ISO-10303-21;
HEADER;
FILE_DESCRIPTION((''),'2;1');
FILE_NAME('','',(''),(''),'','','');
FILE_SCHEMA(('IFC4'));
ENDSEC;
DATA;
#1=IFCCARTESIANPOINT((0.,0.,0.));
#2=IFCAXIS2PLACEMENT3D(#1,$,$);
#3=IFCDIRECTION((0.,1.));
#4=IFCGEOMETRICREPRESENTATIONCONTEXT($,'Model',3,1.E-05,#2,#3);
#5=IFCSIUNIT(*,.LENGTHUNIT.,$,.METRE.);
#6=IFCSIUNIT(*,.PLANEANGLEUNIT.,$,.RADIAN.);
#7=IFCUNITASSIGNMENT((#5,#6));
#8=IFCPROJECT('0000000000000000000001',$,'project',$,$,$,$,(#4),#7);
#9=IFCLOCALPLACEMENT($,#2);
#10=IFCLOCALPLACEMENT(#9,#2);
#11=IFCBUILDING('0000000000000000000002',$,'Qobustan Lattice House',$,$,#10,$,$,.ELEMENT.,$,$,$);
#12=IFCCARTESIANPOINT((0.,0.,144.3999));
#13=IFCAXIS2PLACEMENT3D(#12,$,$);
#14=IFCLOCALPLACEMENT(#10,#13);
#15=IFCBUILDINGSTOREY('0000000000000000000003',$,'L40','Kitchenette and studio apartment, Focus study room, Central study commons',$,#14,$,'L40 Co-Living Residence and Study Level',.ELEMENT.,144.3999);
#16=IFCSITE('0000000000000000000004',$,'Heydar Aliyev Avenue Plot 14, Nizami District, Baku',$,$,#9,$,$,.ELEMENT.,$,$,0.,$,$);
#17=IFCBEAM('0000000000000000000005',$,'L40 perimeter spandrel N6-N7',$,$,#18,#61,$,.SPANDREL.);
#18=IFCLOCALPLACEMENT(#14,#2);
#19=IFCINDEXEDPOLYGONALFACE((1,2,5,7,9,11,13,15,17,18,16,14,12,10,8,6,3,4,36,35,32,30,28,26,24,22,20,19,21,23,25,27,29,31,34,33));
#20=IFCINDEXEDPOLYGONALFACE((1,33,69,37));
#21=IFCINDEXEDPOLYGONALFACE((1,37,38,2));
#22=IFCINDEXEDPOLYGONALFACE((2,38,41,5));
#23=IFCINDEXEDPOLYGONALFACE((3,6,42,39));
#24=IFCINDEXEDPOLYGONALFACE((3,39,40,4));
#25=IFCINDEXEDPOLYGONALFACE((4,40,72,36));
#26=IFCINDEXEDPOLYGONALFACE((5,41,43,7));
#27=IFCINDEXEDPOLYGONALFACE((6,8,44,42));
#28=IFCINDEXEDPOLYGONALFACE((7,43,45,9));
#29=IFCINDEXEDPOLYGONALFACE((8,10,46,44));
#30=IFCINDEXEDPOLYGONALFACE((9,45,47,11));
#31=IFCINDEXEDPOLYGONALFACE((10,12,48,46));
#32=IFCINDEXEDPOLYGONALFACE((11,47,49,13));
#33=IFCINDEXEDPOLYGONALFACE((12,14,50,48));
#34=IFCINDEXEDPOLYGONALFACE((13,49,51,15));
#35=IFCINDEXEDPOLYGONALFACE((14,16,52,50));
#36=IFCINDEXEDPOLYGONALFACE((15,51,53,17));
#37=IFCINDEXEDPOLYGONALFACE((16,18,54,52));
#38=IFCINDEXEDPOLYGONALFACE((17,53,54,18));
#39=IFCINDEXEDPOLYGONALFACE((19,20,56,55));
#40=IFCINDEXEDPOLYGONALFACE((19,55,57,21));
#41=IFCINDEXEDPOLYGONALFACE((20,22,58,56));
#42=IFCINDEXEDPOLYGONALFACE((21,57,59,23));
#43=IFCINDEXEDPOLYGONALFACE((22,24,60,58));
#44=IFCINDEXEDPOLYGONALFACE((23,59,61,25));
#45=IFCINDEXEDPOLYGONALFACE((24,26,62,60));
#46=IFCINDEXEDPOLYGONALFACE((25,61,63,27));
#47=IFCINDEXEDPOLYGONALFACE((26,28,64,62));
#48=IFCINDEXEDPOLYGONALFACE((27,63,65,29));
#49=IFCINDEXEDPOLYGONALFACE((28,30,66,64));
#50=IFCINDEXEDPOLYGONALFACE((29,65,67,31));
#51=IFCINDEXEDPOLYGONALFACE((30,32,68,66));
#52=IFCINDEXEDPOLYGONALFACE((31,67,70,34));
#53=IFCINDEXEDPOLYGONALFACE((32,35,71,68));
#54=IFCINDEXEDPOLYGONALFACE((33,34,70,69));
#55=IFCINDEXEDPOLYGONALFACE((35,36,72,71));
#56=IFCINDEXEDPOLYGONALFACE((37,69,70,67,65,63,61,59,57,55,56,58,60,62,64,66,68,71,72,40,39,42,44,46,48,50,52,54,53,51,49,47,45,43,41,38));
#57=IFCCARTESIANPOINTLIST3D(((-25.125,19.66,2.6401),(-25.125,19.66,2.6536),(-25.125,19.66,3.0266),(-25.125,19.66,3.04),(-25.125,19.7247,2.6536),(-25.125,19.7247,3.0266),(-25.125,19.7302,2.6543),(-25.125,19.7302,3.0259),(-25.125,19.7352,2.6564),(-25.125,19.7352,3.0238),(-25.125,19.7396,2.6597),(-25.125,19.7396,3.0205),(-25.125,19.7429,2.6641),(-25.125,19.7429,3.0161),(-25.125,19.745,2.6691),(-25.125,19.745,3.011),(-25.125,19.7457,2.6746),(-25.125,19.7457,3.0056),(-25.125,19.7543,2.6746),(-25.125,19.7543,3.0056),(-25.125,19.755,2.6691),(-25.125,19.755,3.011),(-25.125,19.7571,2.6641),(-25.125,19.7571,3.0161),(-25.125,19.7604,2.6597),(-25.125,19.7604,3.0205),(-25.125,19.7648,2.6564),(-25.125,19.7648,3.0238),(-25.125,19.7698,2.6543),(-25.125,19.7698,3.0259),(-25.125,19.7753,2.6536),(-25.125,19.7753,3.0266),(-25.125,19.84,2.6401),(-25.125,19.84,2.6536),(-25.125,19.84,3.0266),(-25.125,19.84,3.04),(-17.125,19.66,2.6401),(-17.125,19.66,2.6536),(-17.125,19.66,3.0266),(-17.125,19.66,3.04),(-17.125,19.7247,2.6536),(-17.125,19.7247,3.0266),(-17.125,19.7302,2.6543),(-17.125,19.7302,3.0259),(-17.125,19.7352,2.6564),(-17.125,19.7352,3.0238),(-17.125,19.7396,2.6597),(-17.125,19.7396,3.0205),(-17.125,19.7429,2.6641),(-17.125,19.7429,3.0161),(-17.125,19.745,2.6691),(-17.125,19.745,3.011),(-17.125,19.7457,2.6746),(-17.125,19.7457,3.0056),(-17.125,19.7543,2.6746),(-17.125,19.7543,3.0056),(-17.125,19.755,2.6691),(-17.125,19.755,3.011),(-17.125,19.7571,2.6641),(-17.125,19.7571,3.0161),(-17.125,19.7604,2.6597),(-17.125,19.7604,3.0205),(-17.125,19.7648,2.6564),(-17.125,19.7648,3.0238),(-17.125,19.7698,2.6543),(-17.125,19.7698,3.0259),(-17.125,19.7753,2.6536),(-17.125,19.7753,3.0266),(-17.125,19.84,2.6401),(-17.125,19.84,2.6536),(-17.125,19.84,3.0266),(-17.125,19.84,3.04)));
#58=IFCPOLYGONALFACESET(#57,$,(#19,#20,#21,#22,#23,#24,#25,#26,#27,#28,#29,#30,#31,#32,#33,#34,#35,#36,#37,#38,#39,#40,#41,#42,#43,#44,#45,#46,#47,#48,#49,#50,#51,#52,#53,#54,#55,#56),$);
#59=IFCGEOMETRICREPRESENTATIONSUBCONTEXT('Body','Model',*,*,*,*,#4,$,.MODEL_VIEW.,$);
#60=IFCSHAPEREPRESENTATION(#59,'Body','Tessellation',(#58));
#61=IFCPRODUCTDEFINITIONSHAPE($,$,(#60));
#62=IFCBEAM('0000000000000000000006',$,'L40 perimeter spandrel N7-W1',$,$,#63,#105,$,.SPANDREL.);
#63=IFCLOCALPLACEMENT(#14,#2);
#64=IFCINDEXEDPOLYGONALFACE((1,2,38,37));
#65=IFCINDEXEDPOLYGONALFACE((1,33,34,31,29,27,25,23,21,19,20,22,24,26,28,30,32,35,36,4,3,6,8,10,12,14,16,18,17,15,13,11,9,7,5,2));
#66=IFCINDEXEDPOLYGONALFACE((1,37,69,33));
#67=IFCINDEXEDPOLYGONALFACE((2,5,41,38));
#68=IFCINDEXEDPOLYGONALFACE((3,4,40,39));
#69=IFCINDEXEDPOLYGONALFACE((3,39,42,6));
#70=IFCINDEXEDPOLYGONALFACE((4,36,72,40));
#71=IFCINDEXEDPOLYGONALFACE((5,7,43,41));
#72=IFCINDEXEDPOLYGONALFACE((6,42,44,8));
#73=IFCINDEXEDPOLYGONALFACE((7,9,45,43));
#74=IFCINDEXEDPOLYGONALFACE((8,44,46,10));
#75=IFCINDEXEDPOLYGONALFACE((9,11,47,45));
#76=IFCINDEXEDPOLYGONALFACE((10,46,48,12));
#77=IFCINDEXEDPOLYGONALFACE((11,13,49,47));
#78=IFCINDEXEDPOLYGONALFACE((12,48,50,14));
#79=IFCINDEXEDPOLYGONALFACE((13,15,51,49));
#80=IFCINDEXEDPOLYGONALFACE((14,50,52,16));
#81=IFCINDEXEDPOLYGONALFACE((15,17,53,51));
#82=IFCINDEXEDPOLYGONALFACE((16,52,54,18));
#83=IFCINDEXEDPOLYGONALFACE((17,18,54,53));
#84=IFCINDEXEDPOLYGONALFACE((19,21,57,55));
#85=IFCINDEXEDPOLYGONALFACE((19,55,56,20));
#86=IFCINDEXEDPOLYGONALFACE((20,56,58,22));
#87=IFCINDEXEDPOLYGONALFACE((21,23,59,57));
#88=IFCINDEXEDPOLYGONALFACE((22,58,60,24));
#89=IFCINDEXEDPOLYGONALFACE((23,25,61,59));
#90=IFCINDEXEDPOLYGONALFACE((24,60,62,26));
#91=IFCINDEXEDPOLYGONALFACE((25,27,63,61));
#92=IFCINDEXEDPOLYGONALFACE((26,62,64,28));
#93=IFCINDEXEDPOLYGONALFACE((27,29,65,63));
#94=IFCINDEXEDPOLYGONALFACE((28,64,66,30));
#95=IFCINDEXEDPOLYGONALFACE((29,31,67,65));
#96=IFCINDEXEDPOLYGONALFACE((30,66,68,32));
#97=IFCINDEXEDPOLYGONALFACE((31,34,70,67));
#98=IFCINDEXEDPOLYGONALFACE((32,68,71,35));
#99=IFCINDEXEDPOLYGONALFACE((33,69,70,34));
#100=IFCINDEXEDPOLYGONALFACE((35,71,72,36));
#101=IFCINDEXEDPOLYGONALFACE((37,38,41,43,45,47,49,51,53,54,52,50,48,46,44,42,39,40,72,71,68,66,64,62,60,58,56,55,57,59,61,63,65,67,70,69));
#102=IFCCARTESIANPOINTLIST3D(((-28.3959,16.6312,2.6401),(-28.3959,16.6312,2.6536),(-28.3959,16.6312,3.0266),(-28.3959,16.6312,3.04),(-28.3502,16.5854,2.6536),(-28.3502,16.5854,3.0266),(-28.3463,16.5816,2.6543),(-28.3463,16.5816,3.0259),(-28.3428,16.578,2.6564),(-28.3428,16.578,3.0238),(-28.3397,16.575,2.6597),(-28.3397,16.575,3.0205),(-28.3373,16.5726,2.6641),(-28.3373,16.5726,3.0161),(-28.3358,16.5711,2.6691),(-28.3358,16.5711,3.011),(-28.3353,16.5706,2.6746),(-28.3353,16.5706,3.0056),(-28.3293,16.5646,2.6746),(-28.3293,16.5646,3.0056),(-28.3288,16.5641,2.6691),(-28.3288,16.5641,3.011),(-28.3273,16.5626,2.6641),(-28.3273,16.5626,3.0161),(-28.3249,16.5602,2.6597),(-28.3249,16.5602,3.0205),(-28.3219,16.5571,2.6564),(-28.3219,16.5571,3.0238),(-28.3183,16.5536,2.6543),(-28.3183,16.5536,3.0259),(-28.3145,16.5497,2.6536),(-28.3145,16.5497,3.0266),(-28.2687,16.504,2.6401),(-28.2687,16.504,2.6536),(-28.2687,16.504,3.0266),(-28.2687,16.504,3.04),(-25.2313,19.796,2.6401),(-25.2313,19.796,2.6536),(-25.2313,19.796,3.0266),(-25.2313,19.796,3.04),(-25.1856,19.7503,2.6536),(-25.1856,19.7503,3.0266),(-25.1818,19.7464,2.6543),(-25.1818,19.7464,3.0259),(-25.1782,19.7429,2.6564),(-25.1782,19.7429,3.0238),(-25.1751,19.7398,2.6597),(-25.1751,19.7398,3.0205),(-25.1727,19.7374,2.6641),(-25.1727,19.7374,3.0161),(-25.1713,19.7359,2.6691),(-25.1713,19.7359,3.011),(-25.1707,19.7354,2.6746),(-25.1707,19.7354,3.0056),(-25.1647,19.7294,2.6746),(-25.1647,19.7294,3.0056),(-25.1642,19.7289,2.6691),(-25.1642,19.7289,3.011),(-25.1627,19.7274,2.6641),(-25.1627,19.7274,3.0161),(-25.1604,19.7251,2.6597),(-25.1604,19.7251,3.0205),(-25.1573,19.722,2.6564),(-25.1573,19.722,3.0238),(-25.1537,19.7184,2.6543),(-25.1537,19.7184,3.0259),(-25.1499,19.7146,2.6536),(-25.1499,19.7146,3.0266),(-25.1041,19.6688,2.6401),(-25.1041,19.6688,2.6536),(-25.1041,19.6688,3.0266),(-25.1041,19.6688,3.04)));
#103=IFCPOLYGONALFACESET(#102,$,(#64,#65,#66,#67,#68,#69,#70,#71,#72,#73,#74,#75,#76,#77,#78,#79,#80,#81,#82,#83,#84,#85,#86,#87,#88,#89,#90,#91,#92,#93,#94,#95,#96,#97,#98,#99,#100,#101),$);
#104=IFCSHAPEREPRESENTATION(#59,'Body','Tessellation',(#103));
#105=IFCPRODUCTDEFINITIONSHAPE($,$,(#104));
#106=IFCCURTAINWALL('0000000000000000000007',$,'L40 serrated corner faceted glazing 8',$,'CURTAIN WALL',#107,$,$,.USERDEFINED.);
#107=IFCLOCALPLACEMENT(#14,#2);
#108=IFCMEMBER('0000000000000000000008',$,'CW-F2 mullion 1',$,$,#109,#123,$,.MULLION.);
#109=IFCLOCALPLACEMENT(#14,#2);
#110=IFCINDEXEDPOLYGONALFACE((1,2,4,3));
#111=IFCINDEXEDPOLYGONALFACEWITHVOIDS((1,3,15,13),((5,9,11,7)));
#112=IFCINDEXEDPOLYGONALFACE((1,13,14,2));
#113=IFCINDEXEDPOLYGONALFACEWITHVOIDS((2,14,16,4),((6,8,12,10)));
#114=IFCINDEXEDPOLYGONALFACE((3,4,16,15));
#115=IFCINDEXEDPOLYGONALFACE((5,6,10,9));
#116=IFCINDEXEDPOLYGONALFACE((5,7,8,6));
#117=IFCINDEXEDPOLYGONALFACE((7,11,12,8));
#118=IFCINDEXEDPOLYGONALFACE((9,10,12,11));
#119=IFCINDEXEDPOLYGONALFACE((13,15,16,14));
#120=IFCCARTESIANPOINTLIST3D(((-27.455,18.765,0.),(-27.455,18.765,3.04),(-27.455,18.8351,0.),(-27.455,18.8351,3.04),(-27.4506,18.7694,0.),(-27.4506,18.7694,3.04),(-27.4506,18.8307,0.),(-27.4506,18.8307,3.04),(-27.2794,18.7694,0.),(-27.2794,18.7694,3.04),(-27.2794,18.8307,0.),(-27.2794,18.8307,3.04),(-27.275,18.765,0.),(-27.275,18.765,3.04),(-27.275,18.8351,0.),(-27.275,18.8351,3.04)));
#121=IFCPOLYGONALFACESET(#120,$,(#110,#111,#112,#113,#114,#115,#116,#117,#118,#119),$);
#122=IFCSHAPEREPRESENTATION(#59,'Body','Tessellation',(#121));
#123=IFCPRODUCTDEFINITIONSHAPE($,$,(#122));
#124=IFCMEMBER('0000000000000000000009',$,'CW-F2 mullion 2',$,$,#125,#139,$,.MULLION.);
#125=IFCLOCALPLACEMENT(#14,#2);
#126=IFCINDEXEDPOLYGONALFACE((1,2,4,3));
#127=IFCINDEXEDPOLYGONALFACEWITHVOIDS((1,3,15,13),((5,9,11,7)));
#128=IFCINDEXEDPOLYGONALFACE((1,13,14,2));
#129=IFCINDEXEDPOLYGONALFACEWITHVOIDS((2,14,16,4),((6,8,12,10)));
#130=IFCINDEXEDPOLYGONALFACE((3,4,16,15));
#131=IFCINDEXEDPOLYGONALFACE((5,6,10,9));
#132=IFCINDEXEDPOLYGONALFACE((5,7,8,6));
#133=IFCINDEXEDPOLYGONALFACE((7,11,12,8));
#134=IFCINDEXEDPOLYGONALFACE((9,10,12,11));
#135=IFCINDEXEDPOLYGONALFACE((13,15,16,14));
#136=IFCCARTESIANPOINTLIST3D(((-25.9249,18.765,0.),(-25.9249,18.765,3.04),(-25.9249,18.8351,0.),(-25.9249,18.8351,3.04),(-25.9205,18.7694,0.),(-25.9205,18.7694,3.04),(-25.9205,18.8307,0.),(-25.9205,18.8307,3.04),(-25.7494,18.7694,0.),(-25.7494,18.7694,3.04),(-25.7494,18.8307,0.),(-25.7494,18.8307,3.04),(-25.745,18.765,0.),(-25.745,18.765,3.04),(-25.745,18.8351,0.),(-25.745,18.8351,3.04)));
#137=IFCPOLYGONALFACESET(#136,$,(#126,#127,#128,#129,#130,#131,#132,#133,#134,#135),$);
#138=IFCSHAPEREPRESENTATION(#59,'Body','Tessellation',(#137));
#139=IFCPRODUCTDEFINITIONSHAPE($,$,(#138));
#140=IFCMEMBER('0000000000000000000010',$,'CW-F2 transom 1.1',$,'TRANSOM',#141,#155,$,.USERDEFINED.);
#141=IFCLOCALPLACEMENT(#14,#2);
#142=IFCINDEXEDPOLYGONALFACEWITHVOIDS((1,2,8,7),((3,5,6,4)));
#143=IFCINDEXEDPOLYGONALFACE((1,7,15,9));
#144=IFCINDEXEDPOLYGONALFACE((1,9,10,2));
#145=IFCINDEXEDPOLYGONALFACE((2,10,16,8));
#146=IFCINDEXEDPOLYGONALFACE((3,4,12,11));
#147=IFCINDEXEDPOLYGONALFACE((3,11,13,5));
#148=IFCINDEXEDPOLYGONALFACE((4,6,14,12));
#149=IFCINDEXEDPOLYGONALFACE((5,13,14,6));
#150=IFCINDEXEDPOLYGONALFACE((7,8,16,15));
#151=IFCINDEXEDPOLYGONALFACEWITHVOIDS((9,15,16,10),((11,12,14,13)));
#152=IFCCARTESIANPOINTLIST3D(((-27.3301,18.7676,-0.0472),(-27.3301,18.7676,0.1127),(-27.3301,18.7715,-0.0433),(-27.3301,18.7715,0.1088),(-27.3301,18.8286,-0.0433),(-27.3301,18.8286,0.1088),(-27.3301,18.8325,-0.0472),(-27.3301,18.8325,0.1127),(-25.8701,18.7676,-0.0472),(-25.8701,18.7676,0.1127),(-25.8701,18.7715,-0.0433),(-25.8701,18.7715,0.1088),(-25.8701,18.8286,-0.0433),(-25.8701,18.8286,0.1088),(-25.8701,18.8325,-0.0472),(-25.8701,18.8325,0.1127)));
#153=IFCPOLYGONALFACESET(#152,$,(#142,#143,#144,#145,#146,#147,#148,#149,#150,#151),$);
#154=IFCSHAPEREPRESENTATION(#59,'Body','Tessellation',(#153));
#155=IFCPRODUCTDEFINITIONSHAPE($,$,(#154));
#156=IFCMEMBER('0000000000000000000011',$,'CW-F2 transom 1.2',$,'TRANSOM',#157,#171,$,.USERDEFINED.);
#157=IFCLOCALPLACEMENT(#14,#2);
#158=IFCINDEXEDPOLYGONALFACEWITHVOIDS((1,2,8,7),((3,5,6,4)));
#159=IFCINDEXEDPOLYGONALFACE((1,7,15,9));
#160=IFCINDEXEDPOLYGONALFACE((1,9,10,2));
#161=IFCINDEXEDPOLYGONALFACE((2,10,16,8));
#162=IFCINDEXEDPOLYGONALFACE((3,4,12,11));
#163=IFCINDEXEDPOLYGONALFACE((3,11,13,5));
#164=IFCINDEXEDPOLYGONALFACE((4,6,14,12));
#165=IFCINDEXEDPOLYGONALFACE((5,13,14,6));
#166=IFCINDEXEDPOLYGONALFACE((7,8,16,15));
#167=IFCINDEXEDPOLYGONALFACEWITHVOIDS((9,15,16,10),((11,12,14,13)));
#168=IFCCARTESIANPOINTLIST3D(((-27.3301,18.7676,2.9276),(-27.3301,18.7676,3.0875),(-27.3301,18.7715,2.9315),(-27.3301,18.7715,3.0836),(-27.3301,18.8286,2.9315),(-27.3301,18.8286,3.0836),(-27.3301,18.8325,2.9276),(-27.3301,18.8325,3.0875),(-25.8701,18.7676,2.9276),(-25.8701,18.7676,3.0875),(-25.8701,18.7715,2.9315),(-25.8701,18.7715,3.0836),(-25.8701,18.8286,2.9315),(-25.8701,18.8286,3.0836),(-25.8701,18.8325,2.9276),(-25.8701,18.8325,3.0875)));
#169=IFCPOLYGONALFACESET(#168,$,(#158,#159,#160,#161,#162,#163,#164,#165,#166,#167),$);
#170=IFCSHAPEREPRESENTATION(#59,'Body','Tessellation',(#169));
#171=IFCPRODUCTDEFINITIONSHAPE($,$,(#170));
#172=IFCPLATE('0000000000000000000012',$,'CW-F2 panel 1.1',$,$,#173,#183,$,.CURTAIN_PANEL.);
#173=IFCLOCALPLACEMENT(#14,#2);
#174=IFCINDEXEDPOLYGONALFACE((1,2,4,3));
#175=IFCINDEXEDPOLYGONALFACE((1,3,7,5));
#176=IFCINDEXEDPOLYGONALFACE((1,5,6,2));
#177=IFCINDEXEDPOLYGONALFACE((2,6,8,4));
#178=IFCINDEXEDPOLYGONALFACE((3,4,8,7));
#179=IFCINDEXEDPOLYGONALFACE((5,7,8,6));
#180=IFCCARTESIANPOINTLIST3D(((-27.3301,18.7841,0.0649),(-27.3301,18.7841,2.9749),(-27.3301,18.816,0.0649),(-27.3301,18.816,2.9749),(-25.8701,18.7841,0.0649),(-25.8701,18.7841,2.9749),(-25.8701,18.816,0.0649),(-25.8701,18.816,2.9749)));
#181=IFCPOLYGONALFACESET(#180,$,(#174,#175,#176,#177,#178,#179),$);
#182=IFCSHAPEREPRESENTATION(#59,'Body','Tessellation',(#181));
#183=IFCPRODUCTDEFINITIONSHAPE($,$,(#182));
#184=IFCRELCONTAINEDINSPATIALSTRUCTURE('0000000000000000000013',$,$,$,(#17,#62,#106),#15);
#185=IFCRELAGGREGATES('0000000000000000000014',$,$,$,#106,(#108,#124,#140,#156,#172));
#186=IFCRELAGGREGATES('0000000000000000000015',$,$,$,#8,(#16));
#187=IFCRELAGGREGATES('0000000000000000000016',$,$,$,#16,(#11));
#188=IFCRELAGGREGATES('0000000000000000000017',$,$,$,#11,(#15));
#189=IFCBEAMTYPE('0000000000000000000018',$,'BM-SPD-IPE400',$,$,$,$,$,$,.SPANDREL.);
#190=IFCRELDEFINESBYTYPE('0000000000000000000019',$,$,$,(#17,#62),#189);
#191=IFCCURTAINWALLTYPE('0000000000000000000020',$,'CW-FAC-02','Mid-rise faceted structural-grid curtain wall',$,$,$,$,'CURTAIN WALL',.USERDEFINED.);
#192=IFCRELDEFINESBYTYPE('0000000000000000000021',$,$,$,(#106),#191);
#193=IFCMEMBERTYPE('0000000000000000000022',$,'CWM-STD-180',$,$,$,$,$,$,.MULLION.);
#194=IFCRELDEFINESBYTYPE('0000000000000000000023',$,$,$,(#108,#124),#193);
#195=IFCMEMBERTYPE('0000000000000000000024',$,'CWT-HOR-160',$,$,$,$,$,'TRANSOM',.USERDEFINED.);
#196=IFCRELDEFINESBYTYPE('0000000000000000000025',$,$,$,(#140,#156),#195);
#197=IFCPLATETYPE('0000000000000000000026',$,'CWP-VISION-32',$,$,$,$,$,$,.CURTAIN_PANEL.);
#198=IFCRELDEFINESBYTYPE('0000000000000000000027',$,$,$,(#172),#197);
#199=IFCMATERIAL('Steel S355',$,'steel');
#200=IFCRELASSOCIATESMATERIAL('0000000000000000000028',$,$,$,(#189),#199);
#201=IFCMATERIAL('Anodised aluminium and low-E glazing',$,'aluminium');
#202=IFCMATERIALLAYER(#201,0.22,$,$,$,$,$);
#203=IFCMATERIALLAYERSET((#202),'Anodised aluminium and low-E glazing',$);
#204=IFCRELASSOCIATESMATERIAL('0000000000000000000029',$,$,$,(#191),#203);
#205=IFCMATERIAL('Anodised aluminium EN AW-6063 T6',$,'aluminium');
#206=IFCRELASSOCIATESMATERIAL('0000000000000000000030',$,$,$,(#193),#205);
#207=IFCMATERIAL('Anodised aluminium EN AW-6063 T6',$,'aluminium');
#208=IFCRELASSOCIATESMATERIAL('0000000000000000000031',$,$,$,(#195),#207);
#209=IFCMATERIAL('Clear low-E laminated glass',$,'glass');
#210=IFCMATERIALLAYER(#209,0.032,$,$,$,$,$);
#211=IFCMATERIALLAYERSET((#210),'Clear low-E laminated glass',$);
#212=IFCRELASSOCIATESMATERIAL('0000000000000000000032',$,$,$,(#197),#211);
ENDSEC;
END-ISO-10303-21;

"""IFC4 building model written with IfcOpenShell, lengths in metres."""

from ifc_helpers import new_model, si_unit, direction, frame, origin, origin_2d, place, context, subcontext, project, spatial, rectangle, hollow_rectangle, i_section, extrude, material, layer, layer_set, material_profile, profile_set, type_object, element, aggregate, save


model = new_model("IFC4")

# Units and contexts
model_context = context("Model", 3, precision=1e-05, world=origin(), true_north=direction((0.0, 1.0)))
body_context = subcontext(model_context, "Body", "Model", "MODEL_VIEW")
ifc_project = project(units=[si_unit("LENGTHUNIT", "METRE"), si_unit("PLANEANGLEUNIT", "RADIAN")], contexts=[model_context])

# Site, building, storey
site_placement = place(None, origin())
site = spatial("IfcSite", under=ifc_project, at=site_placement, Name="Heydar Aliyev Avenue Plot 14, Nizami District, Baku", CompositionType="ELEMENT", RefElevation=0.0)
building_placement = place(site_placement, origin())
building = spatial("IfcBuilding", under=site, at=building_placement, Name="Qobustan Lattice House", CompositionType="ELEMENT")
storey_placement = place(building_placement, frame((0.0, 0.0, 144.3999)))
storey = spatial("IfcBuildingStorey", under=building, at=storey_placement, Name="L40", Description="Kitchenette and studio apartment, Focus study room, Central study commons", LongName="L40 Co-Living Residence and Study Level", CompositionType="ELEMENT", Elevation=144.3999)

# Beams
ifc_material_1 = material(Name="Steel S355", Category="steel")
ifc_material_profile_1 = material_profile(ifc_material_1, i_section(OverallWidth=0.1799, OverallDepth=0.3999, WebThickness=0.0085, FlangeThickness=0.0134, FilletRadius=0.021, at=origin_2d()), Name="IPE400")
ifc_profile_set_1 = profile_set([ifc_material_profile_1], Name="Steel S355")
beam_type_1 = type_object("IfcBeamType", Name="BM-SPD-IPE400", PredefinedType="SPANDREL", material=ifc_profile_set_1)
beam_1_placement = place(storey_placement, frame((-17.125, 19.75, 2.8401), z_axis=(-1.0, 0.0, 0.0), x_axis=(0.0, -1.0, 0.0)))
element("IfcBeam", 1, at=beam_1_placement, inside=storey, type_object=beam_type_1, Name="L40 perimeter spandrel N6-N7", PredefinedType="SPANDREL", context=body_context, shape_type="SweptSolid", body=[
    extrude(i_section(OverallWidth=0.1799, OverallDepth=0.3999, WebThickness=0.0085, FlangeThickness=0.0134, FilletRadius=0.021, at=origin_2d()), origin(), (0.0, 0.0, 1.0), 8.0),
])
beam_2_placement = place(storey_placement, frame((-25.1677, 19.7324, 2.8401), z_axis=(-0.70708, -0.707134, 0.0), x_axis=(0.707134, -0.70708, 0.0)))
element("IfcBeam", 2, at=beam_2_placement, inside=storey, type_object=beam_type_1, Name="L40 perimeter spandrel N7-W1", PredefinedType="SPANDREL", context=body_context, shape_type="SweptSolid", body=[
    extrude(i_section(OverallWidth=0.1799, OverallDepth=0.3999, WebThickness=0.0085, FlangeThickness=0.0134, FilletRadius=0.021, at=origin_2d()), origin(), (0.0, 0.0, 1.0), 4.4756),
])

# Curtain wall, members, plate
ifc_material_2 = material(Name="Anodised aluminium and low-E glazing", Category="aluminium")
ifc_layer_1 = layer(ifc_material_2, 0.22)
ifc_layer_set_1 = layer_set([ifc_layer_1], Name="Anodised aluminium and low-E glazing")
curtain_wall_type = type_object("IfcCurtainWallType", Name="CW-FAC-02", Description="Mid-rise faceted structural-grid curtain wall", ElementType="CURTAIN WALL", PredefinedType="USERDEFINED", material=ifc_layer_set_1)
curtain_wall_placement = place(storey_placement, origin())
curtain_wall = element("IfcCurtainWall", 3, at=curtain_wall_placement, inside=storey, type_object=curtain_wall_type, Name="L40 serrated corner faceted glazing 8", ObjectType="CURTAIN WALL", PredefinedType="USERDEFINED")
ifc_material_3 = material(Name="Anodised aluminium EN AW-6063 T6", Category="aluminium")
ifc_material_profile_2 = material_profile(ifc_material_3, hollow_rectangle(XDim=0.0701, YDim=0.1799, WallThickness=0.0044, at=origin_2d()), Name="CWM-180x70")
ifc_profile_set_2 = profile_set([ifc_material_profile_2], Name="Anodised aluminium EN AW-6063 T6")
member_type_1 = type_object("IfcMemberType", Name="CWM-STD-180", PredefinedType="MULLION", material=ifc_profile_set_2)
member_1_placement = place(storey_placement, frame((-27.365, 18.8, 0.0), z_axis=(0.0, 0.0, 1.0), x_axis=(0.0, 1.0, 0.0)))
member_1 = element("IfcMember", 4, at=member_1_placement, type_object=member_type_1, Name="CW-F2 mullion 1", PredefinedType="MULLION", context=body_context, shape_type="SweptSolid", body=[
    extrude(hollow_rectangle(XDim=0.0701, YDim=0.1799, WallThickness=0.0044, at=origin_2d()), origin(), (0.0, 0.0, 1.0), 3.04),
])
member_2_placement = place(storey_placement, frame((-25.835, 18.8, 0.0), z_axis=(0.0, 0.0, 1.0), x_axis=(0.0, 1.0, 0.0)))
member_2 = element("IfcMember", 5, at=member_2_placement, type_object=member_type_1, Name="CW-F2 mullion 2", PredefinedType="MULLION", context=body_context, shape_type="SweptSolid", body=[
    extrude(hollow_rectangle(XDim=0.0701, YDim=0.1799, WallThickness=0.0044, at=origin_2d()), origin(), (0.0, 0.0, 1.0), 3.04),
])
ifc_material_4 = material(Name="Anodised aluminium EN AW-6063 T6", Category="aluminium")
ifc_material_profile_3 = material_profile(ifc_material_4, hollow_rectangle(XDim=0.0649, YDim=0.1599, WallThickness=0.0039, at=origin_2d()), Name="CWT-160x65")
ifc_profile_set_3 = profile_set([ifc_material_profile_3], Name="Anodised aluminium EN AW-6063 T6")
member_type_2 = type_object("IfcMemberType", Name="CWT-HOR-160", ElementType="TRANSOM", PredefinedType="USERDEFINED", material=ifc_profile_set_3)
member_3_placement = place(storey_placement, frame((-27.3301, 18.8, 0.0327), z_axis=(1.0, 0.0, 0.0), x_axis=(0.0, 1.0, 0.0)))
member_3 = element("IfcMember", 6, at=member_3_placement, type_object=member_type_2, Name="CW-F2 transom 1.1", ObjectType="TRANSOM", PredefinedType="USERDEFINED", context=body_context, shape_type="SweptSolid", body=[
    extrude(hollow_rectangle(XDim=0.0649, YDim=0.1599, WallThickness=0.0039, at=origin_2d()), origin(), (0.0, 0.0, 1.0), 1.46),
])
member_4_placement = place(storey_placement, frame((-27.3301, 18.8, 3.0076), z_axis=(1.0, 0.0, 0.0), x_axis=(0.0, 1.0, 0.0)))
member_4 = element("IfcMember", 7, at=member_4_placement, type_object=member_type_2, Name="CW-F2 transom 1.2", ObjectType="TRANSOM", PredefinedType="USERDEFINED", context=body_context, shape_type="SweptSolid", body=[
    extrude(hollow_rectangle(XDim=0.0649, YDim=0.1599, WallThickness=0.0039, at=origin_2d()), origin(), (0.0, 0.0, 1.0), 1.46),
])
ifc_material_5 = material(Name="Clear low-E laminated glass", Category="glass")
ifc_layer_2 = layer(ifc_material_5, 0.032)
ifc_layer_set_2 = layer_set([ifc_layer_2], Name="Clear low-E laminated glass")
plate_type_1 = type_object("IfcPlateType", Name="CWP-VISION-32", PredefinedType="CURTAIN_PANEL", material=ifc_layer_set_2)
plate_1_placement = place(storey_placement, frame((-26.6001, 18.8, 0.0649), z_axis=(0.0, 0.0, 1.0), x_axis=(1.0, 0.0, 0.0)))
plate_1 = element("IfcPlate", 8, at=plate_1_placement, type_object=plate_type_1, Name="CW-F2 panel 1.1", PredefinedType="CURTAIN_PANEL", context=body_context, shape_type="SweptSolid", body=[
    extrude(rectangle(XDim=1.46, YDim=0.032, at=origin_2d()), origin(), (0.0, 0.0, 1.0), 2.9099),
])
aggregate(curtain_wall, [member_1, member_2, member_3, member_4, plate_1])

save(model, "model.ifc")
